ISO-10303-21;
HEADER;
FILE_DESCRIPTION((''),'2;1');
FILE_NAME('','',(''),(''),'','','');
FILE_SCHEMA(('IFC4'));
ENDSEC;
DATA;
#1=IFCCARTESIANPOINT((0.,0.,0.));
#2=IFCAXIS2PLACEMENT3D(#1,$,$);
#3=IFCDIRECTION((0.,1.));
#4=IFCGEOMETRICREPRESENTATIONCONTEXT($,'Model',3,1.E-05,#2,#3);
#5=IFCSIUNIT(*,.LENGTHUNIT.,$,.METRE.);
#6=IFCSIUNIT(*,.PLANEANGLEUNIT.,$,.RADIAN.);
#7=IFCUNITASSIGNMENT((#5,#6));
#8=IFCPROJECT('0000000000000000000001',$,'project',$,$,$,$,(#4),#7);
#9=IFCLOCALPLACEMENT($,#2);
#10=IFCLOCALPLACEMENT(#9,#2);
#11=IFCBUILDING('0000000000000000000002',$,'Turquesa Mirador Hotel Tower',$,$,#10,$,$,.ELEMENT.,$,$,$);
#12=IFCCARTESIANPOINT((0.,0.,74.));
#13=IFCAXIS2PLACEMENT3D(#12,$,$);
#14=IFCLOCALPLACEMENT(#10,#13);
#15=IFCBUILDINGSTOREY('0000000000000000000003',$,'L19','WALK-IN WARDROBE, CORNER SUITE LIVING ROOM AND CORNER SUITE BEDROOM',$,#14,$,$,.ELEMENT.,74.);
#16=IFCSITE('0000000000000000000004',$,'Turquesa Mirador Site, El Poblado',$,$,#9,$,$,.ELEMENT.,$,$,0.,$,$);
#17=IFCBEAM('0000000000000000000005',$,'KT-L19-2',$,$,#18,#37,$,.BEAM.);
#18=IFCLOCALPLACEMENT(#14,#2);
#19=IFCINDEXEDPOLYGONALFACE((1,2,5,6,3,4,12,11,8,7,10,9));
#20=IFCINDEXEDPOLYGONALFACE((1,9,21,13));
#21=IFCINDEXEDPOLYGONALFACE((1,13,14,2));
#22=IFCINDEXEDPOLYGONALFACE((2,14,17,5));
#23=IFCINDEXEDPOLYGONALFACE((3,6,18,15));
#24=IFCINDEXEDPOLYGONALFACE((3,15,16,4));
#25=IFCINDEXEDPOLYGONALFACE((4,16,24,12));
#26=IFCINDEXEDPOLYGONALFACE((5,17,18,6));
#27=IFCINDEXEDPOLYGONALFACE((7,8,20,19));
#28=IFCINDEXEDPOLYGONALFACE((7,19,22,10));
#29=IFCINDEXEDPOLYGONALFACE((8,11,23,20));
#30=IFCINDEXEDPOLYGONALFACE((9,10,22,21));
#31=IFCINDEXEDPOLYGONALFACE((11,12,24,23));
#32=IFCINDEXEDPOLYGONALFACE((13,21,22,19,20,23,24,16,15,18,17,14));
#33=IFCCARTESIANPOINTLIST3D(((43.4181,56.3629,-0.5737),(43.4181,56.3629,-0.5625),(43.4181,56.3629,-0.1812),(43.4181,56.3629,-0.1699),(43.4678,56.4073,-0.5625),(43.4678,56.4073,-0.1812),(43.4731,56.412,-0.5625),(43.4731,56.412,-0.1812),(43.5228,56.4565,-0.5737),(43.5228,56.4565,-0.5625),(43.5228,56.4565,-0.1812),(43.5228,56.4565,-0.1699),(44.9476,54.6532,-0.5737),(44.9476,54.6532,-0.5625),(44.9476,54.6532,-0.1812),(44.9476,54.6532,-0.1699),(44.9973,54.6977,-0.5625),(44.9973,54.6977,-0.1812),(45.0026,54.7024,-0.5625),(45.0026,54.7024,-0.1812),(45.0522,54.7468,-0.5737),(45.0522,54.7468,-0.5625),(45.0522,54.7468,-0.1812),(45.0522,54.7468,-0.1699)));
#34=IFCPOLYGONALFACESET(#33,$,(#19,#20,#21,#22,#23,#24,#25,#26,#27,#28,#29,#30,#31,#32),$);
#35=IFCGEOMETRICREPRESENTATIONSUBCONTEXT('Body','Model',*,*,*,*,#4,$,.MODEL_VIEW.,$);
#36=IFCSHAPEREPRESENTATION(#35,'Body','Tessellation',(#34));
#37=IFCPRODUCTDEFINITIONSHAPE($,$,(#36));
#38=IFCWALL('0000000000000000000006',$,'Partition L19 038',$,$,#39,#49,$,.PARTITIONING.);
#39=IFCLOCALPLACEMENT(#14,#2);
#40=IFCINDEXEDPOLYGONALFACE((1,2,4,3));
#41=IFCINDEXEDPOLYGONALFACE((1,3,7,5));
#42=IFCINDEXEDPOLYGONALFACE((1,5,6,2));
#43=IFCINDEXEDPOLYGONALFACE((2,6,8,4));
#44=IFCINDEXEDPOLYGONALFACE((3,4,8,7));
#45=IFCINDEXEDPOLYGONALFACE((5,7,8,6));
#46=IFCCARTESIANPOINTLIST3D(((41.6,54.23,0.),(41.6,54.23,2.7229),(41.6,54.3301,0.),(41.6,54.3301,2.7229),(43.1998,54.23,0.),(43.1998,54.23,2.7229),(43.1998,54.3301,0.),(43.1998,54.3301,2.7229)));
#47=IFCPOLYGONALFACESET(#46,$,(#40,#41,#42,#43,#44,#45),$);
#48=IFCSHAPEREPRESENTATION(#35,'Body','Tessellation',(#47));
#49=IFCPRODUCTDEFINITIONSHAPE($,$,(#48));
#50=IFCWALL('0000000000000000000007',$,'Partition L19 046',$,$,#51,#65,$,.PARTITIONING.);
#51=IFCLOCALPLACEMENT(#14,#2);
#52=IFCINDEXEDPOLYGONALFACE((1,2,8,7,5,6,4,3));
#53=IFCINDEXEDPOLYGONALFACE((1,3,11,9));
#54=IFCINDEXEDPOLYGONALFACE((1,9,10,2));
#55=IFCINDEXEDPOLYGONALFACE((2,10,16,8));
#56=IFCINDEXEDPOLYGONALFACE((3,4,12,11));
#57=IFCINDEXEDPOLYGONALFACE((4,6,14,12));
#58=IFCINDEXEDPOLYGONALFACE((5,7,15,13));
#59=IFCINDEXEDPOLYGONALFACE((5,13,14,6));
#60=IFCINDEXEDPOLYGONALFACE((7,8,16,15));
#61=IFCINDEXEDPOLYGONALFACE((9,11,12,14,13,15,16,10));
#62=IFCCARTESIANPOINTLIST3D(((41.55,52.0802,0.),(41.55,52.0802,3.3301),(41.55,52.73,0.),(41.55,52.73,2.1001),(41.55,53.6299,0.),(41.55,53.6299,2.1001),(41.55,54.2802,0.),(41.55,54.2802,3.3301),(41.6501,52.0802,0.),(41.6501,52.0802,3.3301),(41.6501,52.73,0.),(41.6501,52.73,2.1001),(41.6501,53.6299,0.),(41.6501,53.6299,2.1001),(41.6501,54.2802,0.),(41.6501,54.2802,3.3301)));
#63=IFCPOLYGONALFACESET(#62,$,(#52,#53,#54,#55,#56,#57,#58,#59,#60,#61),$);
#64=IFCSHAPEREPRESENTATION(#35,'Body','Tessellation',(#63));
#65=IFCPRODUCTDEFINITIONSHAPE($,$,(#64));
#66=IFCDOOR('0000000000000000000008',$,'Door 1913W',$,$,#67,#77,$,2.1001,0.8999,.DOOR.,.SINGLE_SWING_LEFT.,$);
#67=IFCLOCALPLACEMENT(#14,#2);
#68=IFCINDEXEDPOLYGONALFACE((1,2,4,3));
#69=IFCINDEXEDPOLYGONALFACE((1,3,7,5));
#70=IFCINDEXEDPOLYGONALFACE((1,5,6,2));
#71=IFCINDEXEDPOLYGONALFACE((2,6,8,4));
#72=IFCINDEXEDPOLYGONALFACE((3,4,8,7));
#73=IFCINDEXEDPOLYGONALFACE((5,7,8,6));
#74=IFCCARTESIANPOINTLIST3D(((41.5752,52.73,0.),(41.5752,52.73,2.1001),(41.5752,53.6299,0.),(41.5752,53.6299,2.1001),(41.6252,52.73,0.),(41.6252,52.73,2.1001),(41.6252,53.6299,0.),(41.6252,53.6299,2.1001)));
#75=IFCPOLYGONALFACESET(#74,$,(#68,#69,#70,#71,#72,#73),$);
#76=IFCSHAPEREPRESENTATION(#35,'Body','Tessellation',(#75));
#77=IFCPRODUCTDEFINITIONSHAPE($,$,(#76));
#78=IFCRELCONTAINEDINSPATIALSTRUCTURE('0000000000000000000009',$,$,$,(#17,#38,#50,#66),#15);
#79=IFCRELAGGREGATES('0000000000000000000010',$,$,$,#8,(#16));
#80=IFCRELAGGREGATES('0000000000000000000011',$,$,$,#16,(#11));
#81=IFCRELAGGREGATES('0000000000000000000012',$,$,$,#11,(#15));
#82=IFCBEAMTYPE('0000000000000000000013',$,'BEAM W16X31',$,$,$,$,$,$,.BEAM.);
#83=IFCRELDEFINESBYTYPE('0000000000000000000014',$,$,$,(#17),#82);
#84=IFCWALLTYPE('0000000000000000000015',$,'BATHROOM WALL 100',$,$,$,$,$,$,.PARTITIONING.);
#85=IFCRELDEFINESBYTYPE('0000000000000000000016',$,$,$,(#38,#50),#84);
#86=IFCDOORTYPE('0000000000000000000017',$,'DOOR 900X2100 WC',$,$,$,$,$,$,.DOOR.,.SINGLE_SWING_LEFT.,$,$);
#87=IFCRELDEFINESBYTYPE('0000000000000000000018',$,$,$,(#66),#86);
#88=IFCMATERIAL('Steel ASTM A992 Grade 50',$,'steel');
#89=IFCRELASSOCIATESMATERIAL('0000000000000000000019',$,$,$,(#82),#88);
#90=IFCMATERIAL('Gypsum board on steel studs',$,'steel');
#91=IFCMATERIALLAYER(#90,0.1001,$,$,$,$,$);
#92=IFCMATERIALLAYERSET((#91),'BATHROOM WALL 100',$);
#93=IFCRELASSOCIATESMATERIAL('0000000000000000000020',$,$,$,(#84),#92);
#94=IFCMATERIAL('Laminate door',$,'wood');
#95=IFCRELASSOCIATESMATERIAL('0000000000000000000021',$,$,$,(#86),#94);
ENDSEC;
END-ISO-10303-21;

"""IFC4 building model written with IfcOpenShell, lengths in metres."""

from ifc_helpers import new_model, si_unit, direction, frame, frame_2d, origin, origin_2d, place, context, subcontext, project, spatial, rectangle, i_section, extrude, material, layer, layer_set, material_profile, profile_set, type_object, element, fill, save


model = new_model("IFC4")

# Units and contexts
model_context = context("Model", 3, precision=1e-05, world=origin(), true_north=direction((0.0, 1.0)))
body_context = subcontext(model_context, "Body", "Model", "MODEL_VIEW")
ifc_project = project(units=[si_unit("LENGTHUNIT", "METRE"), si_unit("PLANEANGLEUNIT", "RADIAN")], contexts=[model_context])

# Site, building, storey
site_placement = place(None, origin())
site = spatial("IfcSite", under=ifc_project, at=site_placement, Name="Turquesa Mirador Site, El Poblado", CompositionType="ELEMENT", RefElevation=0.0)
building_placement = place(site_placement, origin())
building = spatial("IfcBuilding", under=site, at=building_placement, Name="Turquesa Mirador Hotel Tower", CompositionType="ELEMENT")
storey_placement = place(building_placement, frame((0.0, 0.0, 74.0)))
storey = spatial("IfcBuildingStorey", under=building, at=storey_placement, Name="L19", Description="WALK-IN WARDROBE, CORNER SUITE LIVING ROOM AND CORNER SUITE BEDROOM", CompositionType="ELEMENT", Elevation=74.0)

# Beam
ifc_material_1 = material(Name="Steel ASTM A992 Grade 50", Category="steel")
ifc_material_profile = material_profile(ifc_material_1, i_section(OverallWidth=0.1404, OverallDepth=0.4038, WebThickness=0.0071, FlangeThickness=0.0112, at=origin_2d()), Name="W16X31")
ifc_profile_set = profile_set([ifc_material_profile], Name="Steel ASTM A992 Grade 50")
beam_type = type_object("IfcBeamType", Name="BEAM W16X31", PredefinedType="BEAM", material=ifc_profile_set)
beam_placement = place(storey_placement, frame((43.4705, 56.4097, -0.3718), z_axis=(0.666745, -0.745286, 0.0), x_axis=(0.745286, 0.666745, 0.0)))
element("IfcBeam", 1, at=beam_placement, inside=storey, type_object=beam_type, Name="KT-L19-2", PredefinedType="BEAM", context=body_context, shape_type="SweptSolid", body=[
    extrude(i_section(OverallWidth=0.1404, OverallDepth=0.4038, WebThickness=0.0071, FlangeThickness=0.0112, at=origin_2d()), origin(), (0.0, 0.0, 1.0), 2.2939),
])

# Wall
ifc_material_2 = material(Name="Gypsum board on steel studs", Category="steel")
ifc_layer_1 = layer(ifc_material_2, 0.1001)
ifc_layer_set_1 = layer_set([ifc_layer_1], Name="BATHROOM WALL 100")
wall_type_1 = type_object("IfcWallType", Name="BATHROOM WALL 100", PredefinedType="PARTITIONING", material=ifc_layer_set_1)
wall_1_placement = place(storey_placement, frame((41.6001, 54.28, 0.0), z_axis=(0.0, 0.0, 1.0), x_axis=(1.0, 0.0, 0.0)))
element("IfcWall", 2, at=wall_1_placement, inside=storey, type_object=wall_type_1, Name="Partition L19 038", PredefinedType="PARTITIONING", context=body_context, shape_type="SweptSolid", body=[
    extrude(rectangle(XDim=1.5999, YDim=0.1001, at=frame_2d((0.7998, 0.0))), origin(), (0.0, 0.0, 1.0), 2.7229),
])

# Wall, opening, door
wall_2_placement = place(storey_placement, frame((41.6001, 52.0801, 0.0), z_axis=(0.0, 0.0, 1.0), x_axis=(0.0, 1.0, 0.0)))
wall_2 = element("IfcWall", 3, at=wall_2_placement, inside=storey, type_object=wall_type_1, Name="Partition L19 046", PredefinedType="PARTITIONING", context=body_context, shape_type="SweptSolid", body=[
    extrude(rectangle(XDim=2.2, YDim=0.1001, at=frame_2d((1.1001, 0.0))), origin(), (0.0, 0.0, 1.0), 3.3301),
])
opening_1_placement = place(wall_2_placement, frame((0.6499, 0.0, 0.0)))
opening_1 = element("IfcOpeningElement", 4, at=opening_1_placement, cuts=wall_2, PredefinedType="OPENING", context=body_context, shape_type="SweptSolid", body=[
    extrude(rectangle(XDim=0.8999, YDim=2.1001, at=frame_2d((0.45, 1.05))), frame((0.0, 0.0601, 0.0), z_axis=(0.0, -1.0, 0.0), x_axis=(1.0, 0.0, 0.0)), (0.0, 0.0, 1.0), 0.1201),
])
ifc_material_3 = material(Name="Laminate door", Category="wood")
door_type_1 = type_object("IfcDoorType", Name="DOOR 900X2100 WC", OperationType="SINGLE_SWING_LEFT", PredefinedType="DOOR", material=ifc_material_3)
door_1_placement = place(opening_1_placement, origin())
door_1 = element("IfcDoor", 5, at=door_1_placement, inside=storey, type_object=door_type_1, Name="Door 1913W", OperationType="SINGLE_SWING_LEFT", OverallHeight=2.1001, OverallWidth=0.8999, PredefinedType="DOOR", context=body_context, shape_type="SweptSolid", body=[
    extrude(rectangle(XDim=0.8999, YDim=2.1001, at=frame_2d((0.45, 1.05))), frame((0.0, 0.0249, 0.0), z_axis=(0.0, -1.0, 0.0), x_axis=(1.0, 0.0, 0.0)), (0.0, 0.0, 1.0), 0.05),
])
fill(opening_1, door_1)

save(model, "model.ifc")
